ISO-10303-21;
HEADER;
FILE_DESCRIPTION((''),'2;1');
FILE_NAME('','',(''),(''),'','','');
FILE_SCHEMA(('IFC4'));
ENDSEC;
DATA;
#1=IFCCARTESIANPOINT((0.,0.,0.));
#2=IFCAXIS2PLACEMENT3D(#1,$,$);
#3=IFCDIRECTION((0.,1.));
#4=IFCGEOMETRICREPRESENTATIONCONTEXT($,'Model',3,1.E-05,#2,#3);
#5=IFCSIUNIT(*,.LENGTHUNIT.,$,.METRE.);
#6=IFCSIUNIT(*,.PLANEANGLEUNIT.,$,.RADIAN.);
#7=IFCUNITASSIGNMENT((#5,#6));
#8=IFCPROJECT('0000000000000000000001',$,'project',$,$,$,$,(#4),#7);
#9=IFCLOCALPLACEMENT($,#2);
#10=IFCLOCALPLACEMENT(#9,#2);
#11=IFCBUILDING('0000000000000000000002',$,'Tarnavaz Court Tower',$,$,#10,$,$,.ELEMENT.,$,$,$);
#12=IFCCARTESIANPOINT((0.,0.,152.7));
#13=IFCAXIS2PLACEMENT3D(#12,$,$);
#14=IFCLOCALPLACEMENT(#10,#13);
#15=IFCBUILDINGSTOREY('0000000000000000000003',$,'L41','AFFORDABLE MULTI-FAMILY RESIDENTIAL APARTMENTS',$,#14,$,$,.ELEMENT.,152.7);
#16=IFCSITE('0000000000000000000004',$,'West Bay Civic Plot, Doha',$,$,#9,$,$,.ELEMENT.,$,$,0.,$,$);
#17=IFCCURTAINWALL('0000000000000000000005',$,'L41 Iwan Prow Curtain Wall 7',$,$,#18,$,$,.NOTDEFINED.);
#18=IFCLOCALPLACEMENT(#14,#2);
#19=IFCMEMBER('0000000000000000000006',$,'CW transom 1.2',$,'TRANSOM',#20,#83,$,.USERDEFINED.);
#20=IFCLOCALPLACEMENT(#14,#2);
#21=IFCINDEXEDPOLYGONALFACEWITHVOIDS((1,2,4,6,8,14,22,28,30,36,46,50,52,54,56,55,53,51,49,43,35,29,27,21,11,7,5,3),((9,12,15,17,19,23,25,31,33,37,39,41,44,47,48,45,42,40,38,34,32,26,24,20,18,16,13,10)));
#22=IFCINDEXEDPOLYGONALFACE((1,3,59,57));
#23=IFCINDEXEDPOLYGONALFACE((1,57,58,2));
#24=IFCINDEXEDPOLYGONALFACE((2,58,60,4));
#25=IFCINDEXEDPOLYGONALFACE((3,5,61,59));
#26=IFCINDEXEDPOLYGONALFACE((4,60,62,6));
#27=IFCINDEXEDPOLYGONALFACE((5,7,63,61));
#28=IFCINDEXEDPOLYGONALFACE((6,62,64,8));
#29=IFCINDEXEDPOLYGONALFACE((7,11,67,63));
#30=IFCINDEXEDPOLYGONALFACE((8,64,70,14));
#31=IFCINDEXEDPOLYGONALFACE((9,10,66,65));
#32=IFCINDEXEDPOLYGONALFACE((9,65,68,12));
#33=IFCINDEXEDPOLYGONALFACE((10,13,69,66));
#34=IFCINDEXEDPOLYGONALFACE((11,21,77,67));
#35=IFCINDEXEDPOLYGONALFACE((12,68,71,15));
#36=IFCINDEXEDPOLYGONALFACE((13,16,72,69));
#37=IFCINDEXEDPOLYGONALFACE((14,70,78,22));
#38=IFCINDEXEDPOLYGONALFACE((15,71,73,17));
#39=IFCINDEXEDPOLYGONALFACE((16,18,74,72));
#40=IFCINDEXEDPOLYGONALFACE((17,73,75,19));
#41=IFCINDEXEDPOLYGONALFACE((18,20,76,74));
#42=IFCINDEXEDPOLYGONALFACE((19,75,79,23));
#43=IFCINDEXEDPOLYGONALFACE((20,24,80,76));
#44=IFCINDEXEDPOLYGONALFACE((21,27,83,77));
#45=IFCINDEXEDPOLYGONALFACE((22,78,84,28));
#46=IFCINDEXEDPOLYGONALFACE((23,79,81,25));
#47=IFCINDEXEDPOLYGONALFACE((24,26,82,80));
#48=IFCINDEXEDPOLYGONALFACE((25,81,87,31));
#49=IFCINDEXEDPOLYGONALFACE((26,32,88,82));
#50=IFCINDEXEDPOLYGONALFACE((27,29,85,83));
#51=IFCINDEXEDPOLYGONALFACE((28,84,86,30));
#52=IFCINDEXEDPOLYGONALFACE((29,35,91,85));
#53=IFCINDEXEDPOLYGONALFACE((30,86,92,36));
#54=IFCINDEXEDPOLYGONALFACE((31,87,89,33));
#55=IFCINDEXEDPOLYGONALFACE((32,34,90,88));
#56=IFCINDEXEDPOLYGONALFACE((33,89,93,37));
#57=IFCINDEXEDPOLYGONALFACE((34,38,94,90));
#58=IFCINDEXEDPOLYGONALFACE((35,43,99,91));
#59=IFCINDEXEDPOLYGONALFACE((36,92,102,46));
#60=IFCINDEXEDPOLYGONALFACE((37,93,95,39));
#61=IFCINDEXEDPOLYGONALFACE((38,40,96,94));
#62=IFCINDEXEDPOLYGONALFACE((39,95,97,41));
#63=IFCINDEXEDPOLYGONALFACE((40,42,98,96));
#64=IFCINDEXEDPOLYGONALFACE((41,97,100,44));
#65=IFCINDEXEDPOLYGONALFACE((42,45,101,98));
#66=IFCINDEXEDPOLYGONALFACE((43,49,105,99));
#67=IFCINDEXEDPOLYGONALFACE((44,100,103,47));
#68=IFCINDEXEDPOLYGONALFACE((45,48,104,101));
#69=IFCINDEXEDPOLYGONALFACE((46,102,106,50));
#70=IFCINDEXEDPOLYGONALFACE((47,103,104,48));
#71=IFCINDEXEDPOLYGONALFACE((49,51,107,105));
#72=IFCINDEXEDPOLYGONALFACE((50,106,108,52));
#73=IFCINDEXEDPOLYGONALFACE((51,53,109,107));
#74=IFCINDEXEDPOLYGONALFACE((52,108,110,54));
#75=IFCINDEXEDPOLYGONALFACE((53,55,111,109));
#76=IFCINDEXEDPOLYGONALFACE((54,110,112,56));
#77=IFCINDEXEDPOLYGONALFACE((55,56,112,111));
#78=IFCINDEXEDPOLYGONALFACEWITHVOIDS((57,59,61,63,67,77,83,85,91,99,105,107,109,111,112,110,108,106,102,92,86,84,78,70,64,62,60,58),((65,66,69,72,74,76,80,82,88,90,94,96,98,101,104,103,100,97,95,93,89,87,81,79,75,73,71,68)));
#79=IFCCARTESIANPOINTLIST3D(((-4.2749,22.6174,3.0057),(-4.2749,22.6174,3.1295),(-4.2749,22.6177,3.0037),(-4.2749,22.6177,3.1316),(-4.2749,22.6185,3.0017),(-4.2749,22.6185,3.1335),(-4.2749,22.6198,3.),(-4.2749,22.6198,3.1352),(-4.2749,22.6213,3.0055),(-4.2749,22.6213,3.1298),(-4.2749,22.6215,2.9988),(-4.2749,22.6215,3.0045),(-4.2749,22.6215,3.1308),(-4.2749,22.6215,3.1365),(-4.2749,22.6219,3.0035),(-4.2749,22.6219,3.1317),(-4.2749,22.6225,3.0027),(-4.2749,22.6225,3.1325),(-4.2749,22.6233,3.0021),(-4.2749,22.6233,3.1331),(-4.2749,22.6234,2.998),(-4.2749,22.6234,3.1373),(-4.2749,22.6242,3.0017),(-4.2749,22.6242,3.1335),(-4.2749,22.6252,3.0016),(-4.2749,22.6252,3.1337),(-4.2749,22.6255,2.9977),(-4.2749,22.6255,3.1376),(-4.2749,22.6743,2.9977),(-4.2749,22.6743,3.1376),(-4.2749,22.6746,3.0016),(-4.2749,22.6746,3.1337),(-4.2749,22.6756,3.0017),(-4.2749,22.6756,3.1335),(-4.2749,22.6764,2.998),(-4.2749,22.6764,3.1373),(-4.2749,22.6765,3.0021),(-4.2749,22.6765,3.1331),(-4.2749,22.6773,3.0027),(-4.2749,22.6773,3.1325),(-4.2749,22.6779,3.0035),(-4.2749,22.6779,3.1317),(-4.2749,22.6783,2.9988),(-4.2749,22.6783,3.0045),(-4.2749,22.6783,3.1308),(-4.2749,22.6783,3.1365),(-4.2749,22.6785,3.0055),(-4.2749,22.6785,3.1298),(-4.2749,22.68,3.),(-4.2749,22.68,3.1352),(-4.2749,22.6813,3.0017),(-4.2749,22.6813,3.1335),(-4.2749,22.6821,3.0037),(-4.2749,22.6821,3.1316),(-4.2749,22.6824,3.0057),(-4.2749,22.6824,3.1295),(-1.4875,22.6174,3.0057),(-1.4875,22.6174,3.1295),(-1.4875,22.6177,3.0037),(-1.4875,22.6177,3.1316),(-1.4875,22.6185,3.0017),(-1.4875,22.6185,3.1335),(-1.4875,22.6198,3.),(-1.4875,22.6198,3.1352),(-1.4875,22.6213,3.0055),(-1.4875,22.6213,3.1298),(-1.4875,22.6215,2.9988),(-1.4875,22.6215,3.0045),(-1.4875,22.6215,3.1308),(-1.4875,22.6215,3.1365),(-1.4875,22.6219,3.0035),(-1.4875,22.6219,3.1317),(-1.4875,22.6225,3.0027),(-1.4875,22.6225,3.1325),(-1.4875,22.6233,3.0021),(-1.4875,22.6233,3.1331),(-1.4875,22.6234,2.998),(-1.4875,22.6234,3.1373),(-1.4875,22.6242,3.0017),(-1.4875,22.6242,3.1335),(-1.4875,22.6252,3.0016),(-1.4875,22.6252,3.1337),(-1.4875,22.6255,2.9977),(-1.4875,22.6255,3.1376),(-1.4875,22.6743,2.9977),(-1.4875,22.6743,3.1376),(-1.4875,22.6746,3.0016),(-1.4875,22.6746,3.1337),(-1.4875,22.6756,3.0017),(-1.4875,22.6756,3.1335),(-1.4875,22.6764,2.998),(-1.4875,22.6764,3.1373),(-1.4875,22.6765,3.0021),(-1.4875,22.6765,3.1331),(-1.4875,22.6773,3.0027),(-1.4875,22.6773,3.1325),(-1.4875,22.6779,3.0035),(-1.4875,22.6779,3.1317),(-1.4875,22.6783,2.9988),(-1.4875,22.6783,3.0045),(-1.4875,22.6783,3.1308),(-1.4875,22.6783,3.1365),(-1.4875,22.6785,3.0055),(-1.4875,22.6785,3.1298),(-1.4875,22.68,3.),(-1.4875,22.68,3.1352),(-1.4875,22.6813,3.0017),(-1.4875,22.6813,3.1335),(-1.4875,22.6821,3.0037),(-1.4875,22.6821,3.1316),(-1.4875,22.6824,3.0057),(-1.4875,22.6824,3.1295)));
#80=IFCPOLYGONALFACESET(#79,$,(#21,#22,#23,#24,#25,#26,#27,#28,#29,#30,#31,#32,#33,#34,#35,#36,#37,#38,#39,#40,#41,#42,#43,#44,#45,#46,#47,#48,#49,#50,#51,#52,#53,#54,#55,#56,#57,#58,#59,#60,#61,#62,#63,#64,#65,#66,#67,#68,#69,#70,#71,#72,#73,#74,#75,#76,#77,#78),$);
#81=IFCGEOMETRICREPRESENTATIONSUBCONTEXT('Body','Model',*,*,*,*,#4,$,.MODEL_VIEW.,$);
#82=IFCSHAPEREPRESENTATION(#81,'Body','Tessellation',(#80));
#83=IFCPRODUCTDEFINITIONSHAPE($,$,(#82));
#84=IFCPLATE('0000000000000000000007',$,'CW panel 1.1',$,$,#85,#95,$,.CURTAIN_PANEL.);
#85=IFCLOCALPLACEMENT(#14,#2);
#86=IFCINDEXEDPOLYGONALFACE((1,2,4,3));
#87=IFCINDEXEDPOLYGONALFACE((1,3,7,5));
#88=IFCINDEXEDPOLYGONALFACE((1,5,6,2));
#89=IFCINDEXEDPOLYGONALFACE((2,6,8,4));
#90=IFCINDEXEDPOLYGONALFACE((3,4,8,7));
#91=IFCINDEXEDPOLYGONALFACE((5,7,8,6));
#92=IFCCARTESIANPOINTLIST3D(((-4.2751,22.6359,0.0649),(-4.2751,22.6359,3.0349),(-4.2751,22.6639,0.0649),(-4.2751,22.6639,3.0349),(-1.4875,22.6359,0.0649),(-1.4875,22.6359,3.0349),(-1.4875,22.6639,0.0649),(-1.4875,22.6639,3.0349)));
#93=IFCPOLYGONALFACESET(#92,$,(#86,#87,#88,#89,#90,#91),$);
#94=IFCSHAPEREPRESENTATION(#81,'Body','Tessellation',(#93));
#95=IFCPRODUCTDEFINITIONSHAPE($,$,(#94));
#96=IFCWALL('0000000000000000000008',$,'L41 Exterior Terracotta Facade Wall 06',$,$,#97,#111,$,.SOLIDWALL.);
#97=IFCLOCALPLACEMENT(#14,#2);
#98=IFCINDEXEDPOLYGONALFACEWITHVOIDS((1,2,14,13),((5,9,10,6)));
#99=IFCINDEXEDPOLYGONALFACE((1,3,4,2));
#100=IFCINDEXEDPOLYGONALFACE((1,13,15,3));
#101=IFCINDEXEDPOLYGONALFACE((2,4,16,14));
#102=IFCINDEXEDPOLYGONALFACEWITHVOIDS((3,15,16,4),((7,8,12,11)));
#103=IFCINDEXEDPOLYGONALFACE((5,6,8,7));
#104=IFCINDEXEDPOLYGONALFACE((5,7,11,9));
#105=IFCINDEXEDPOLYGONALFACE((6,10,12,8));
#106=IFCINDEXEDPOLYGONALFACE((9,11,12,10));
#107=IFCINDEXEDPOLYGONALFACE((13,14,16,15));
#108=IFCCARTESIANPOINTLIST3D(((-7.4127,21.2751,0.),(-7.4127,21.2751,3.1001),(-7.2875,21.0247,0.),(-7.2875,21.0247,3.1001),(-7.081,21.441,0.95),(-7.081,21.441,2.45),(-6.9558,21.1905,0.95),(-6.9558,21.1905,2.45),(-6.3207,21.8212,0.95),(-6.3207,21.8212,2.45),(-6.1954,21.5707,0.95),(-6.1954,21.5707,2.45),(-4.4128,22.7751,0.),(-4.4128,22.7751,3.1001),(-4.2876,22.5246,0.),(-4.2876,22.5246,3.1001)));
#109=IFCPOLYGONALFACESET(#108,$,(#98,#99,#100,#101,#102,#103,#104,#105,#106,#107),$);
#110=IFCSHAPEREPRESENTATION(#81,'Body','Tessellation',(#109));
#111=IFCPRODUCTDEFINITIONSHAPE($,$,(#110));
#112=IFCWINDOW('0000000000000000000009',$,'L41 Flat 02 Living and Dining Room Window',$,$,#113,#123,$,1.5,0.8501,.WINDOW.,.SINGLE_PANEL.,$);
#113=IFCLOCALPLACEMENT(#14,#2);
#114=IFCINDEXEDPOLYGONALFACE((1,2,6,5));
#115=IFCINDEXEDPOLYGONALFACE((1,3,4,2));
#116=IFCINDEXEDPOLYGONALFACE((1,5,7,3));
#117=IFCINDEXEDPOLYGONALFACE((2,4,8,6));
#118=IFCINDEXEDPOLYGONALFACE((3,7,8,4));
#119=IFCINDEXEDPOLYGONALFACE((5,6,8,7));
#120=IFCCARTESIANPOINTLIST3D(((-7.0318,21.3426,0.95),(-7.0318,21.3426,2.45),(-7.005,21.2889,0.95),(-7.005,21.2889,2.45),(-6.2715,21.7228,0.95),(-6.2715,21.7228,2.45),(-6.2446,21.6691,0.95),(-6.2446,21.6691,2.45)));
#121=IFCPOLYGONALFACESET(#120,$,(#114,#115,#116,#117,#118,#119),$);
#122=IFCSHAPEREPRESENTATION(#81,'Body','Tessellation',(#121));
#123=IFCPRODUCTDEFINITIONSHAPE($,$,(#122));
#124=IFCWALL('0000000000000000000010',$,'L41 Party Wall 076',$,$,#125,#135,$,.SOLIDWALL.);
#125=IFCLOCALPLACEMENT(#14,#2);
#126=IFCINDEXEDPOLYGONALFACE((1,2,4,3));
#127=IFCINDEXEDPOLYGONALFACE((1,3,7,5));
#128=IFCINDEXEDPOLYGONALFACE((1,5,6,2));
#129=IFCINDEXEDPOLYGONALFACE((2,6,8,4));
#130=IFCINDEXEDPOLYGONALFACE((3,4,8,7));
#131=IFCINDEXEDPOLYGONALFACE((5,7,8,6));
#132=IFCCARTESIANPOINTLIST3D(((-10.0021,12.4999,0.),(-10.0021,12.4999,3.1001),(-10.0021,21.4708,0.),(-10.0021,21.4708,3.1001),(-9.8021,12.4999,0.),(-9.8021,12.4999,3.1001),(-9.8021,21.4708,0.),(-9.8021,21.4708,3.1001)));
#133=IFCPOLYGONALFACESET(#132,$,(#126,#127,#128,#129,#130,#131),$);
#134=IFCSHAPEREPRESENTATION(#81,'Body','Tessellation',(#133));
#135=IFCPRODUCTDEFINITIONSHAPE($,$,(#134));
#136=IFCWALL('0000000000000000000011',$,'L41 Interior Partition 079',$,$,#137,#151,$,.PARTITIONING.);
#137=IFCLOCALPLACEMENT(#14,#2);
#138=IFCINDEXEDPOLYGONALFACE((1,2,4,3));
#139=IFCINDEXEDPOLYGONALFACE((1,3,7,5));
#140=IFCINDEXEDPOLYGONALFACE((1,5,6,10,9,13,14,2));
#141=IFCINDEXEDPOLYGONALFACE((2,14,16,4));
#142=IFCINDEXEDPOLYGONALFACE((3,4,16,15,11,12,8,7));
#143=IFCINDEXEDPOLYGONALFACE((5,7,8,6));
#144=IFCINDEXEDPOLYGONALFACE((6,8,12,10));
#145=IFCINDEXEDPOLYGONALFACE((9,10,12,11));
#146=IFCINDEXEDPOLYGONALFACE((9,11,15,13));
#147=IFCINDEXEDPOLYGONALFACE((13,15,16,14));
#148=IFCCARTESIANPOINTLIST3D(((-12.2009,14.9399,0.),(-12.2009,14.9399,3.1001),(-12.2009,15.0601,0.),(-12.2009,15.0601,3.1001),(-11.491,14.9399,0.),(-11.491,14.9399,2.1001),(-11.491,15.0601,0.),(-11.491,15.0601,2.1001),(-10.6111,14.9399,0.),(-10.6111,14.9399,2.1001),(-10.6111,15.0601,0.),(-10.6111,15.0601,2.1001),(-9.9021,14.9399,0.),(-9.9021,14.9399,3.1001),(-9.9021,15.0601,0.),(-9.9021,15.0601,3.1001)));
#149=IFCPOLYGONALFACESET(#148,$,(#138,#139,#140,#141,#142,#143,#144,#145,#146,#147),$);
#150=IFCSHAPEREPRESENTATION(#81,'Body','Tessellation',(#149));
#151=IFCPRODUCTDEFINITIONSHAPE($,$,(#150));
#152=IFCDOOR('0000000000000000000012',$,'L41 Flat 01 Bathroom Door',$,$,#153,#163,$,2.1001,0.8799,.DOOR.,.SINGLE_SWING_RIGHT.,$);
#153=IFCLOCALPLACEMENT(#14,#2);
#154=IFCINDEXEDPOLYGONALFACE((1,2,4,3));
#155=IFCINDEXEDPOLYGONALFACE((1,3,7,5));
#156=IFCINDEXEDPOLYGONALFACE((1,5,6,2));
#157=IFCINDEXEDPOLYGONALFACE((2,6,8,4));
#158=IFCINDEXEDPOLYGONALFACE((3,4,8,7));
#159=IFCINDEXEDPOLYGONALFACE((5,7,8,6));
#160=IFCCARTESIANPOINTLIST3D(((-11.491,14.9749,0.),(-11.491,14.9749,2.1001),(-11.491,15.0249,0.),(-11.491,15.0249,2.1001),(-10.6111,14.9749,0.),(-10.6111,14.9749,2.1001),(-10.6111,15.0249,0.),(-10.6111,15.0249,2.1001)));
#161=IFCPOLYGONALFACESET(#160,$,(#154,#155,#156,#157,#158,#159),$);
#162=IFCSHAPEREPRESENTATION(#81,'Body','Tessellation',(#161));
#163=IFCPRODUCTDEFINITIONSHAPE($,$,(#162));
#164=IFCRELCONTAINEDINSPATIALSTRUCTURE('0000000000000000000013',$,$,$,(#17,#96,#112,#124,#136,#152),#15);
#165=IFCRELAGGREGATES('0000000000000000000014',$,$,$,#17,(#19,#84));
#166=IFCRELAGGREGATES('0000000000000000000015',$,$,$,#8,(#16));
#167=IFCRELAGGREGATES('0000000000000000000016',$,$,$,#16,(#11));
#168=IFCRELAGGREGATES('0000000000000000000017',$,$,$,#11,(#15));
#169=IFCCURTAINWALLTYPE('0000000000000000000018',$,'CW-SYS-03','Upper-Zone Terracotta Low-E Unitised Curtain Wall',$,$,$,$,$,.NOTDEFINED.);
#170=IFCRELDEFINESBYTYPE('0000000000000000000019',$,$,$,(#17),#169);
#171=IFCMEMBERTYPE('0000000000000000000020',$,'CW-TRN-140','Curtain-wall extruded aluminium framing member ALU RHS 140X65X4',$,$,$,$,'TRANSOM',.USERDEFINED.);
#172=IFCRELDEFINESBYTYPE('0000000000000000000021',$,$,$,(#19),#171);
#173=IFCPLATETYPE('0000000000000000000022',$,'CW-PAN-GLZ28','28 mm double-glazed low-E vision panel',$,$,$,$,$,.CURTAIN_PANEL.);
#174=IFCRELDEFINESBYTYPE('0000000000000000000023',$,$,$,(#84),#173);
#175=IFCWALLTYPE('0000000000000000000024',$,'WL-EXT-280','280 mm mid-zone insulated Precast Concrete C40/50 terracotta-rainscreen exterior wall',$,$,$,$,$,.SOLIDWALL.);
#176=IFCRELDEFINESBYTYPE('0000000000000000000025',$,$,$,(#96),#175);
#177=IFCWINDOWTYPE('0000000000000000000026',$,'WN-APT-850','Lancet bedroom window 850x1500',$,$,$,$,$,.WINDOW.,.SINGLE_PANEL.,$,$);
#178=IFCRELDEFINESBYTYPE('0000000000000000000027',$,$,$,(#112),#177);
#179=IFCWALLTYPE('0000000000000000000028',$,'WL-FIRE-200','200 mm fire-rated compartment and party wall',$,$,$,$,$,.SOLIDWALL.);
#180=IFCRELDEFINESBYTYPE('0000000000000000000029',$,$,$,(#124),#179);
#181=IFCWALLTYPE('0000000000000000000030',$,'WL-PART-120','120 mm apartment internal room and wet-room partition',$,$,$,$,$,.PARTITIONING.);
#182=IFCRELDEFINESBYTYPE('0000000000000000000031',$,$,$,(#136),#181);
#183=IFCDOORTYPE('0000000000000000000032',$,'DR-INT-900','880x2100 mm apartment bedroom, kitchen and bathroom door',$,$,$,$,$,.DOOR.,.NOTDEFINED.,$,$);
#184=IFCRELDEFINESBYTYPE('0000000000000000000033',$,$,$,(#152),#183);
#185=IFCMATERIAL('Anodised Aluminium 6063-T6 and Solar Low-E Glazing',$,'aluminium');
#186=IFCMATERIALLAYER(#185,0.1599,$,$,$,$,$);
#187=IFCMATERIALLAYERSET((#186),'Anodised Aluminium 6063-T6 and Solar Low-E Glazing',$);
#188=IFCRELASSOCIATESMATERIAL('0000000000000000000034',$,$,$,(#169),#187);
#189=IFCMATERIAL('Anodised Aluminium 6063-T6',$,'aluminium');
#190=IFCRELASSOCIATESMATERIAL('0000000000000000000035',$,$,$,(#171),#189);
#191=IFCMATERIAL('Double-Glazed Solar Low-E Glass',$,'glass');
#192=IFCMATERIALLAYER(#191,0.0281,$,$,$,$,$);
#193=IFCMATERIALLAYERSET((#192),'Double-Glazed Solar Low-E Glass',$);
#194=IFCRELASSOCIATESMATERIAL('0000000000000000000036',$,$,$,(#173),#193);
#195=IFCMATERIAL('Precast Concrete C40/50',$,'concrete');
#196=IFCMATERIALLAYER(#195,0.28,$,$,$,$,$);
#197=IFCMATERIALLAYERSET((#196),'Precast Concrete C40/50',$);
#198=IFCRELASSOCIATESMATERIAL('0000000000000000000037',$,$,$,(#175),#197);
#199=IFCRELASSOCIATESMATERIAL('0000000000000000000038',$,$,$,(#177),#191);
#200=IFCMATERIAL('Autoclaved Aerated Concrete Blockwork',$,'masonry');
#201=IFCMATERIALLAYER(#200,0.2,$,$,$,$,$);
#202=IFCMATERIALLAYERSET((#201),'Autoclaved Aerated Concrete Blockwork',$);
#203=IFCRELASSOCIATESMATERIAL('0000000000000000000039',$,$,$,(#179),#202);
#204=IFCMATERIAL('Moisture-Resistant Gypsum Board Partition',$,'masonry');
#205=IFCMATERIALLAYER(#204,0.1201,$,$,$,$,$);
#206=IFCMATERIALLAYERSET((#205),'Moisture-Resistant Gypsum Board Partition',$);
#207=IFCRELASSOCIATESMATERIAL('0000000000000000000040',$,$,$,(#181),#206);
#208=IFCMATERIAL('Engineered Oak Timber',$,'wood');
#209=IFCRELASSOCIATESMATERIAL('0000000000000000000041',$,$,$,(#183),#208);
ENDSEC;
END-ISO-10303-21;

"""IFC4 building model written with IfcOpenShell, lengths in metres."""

from ifc_helpers import new_model, si_unit, direction, frame, frame_2d, origin, origin_2d, place, context, subcontext, project, spatial, rectangle, hollow_rectangle, extrude, material, layer, layer_set, material_profile, profile_set, type_object, element, fill, aggregate, save


model = new_model("IFC4")

# Units and contexts
model_context = context("Model", 3, precision=1e-05, world=origin(), true_north=direction((0.0, 1.0)))
body_context = subcontext(model_context, "Body", "Model", "MODEL_VIEW")
ifc_project = project(units=[si_unit("LENGTHUNIT", "METRE"), si_unit("PLANEANGLEUNIT", "RADIAN")], contexts=[model_context])

# Site, building, storey
site_placement = place(None, origin())
site = spatial("IfcSite", under=ifc_project, at=site_placement, Name="West Bay Civic Plot, Doha", CompositionType="ELEMENT", RefElevation=0.0)
building_placement = place(site_placement, origin())
building = spatial("IfcBuilding", under=site, at=building_placement, Name="Tarnavaz Court Tower", CompositionType="ELEMENT")
storey_placement = place(building_placement, frame((0.0, 0.0, 152.7)))
storey = spatial("IfcBuildingStorey", under=building, at=storey_placement, Name="L41", Description="AFFORDABLE MULTI-FAMILY RESIDENTIAL APARTMENTS", CompositionType="ELEMENT", Elevation=152.7)

# Curtain wall, member, plate
ifc_material_1 = material(Name="Anodised Aluminium 6063-T6 and Solar Low-E Glazing", Category="aluminium")
ifc_layer_1 = layer(ifc_material_1, 0.1599)
ifc_layer_set_1 = layer_set([ifc_layer_1], Name="Anodised Aluminium 6063-T6 and Solar Low-E Glazing")
curtain_wall_type = type_object("IfcCurtainWallType", Name="CW-SYS-03", Description="Upper-Zone Terracotta Low-E Unitised Curtain Wall", PredefinedType="NOTDEFINED", material=ifc_layer_set_1)
curtain_wall_placement = place(storey_placement, origin())
curtain_wall = element("IfcCurtainWall", 1, at=curtain_wall_placement, inside=storey, type_object=curtain_wall_type, Name="L41 Iwan Prow Curtain Wall 7", PredefinedType="NOTDEFINED")
ifc_material_2 = material(Name="Anodised Aluminium 6063-T6", Category="aluminium")
ifc_material_profile_1 = material_profile(ifc_material_2, hollow_rectangle(XDim=0.0649, YDim=0.1399, WallThickness=0.0039, InnerFilletRadius=0.0039, OuterFilletRadius=0.0081, at=origin_2d()), Name="ALU RHS 140X65X4")
ifc_profile_set_1 = profile_set([ifc_material_profile_1], Name="Anodised Aluminium 6063-T6")
member_type_1 = type_object("IfcMemberType", Name="CW-TRN-140", Description="Curtain-wall extruded aluminium framing member ALU RHS 140X65X4", ElementType="TRANSOM", PredefinedType="USERDEFINED", material=ifc_profile_set_1)
member_1_placement = place(storey_placement, frame((-4.2749, 22.6499, 3.0676), z_axis=(1.0, 0.0, 0.0), x_axis=(0.0, 1.0, 0.0)))
member_1 = element("IfcMember", 2, at=member_1_placement, type_object=member_type_1, Name="CW transom 1.2", ObjectType="TRANSOM", PredefinedType="USERDEFINED", context=body_context, shape_type="SweptSolid", body=[
    extrude(hollow_rectangle(XDim=0.0649, YDim=0.1399, WallThickness=0.0039, InnerFilletRadius=0.0039, OuterFilletRadius=0.0081, at=origin_2d()), origin(), (0.0, 0.0, 1.0), 2.7874),
])
ifc_material_3 = material(Name="Double-Glazed Solar Low-E Glass", Category="glass")
ifc_layer_2 = layer(ifc_material_3, 0.0281)
ifc_layer_set_2 = layer_set([ifc_layer_2], Name="Double-Glazed Solar Low-E Glass")
plate_type = type_object("IfcPlateType", Name="CW-PAN-GLZ28", Description="28 mm double-glazed low-E vision panel", PredefinedType="CURTAIN_PANEL", material=ifc_layer_set_2)
plate_placement = place(storey_placement, frame((-2.8813, 22.6499, 0.0649), z_axis=(0.0, 0.0, 1.0), x_axis=(1.0, 0.0, 0.0)))
plate = element("IfcPlate", 3, at=plate_placement, type_object=plate_type, Name="CW panel 1.1", PredefinedType="CURTAIN_PANEL", context=body_context, shape_type="SweptSolid", body=[
    extrude(rectangle(XDim=2.7876, YDim=0.0281, at=origin_2d()), origin(), (0.0, 0.0, 1.0), 2.97),
])
aggregate(curtain_wall, [member_1, plate])

# Wall, opening, window
ifc_material_4 = material(Name="Precast Concrete C40/50", Category="concrete")
ifc_layer_3 = layer(ifc_material_4, 0.28)
ifc_layer_set_3 = layer_set([ifc_layer_3], Name="Precast Concrete C40/50")
wall_type_1 = type_object("IfcWallType", Name="WL-EXT-280", Description="280 mm mid-zone insulated Precast Concrete C40/50 terracotta-rainscreen exterior wall", PredefinedType="SOLIDWALL", material=ifc_layer_set_3)
wall_1_placement = place(storey_placement, frame((-7.3501, 21.1499, 0.0), z_axis=(0.0, 0.0, 1.0), x_axis=(0.894427, 0.447214, 0.0)))
wall_1 = element("IfcWall", 4, at=wall_1_placement, inside=storey, type_object=wall_type_1, Name="L41 Exterior Terracotta Facade Wall 06", PredefinedType="SOLIDWALL", context=body_context, shape_type="SweptSolid", body=[
    extrude(rectangle(XDim=3.354, YDim=0.28, at=frame_2d((1.677, 0.0))), origin(), (0.0, 0.0, 1.0), 3.1001),
])
opening_1_placement = place(wall_1_placement, frame((0.3708, 0.0, 0.95)))
opening_1 = element("IfcOpeningElement", 5, at=opening_1_placement, cuts=wall_1, PredefinedType="OPENING", context=body_context, shape_type="SweptSolid", body=[
    extrude(rectangle(XDim=0.8501, YDim=1.5, at=frame_2d((0.425, 0.75))), frame((0.0, 0.1499, 0.0), z_axis=(0.0, -1.0, 0.0), x_axis=(1.0, 0.0, 0.0)), (0.0, 0.0, 1.0), 0.3),
])
window_type = type_object("IfcWindowType", Name="WN-APT-850", Description="Lancet bedroom window 850x1500", PartitioningType="SINGLE_PANEL", PredefinedType="WINDOW", material=ifc_material_3)
window_placement = place(opening_1_placement, origin())
window = element("IfcWindow", 6, at=window_placement, inside=storey, type_object=window_type, Name="L41 Flat 02 Living and Dining Room Window", OverallHeight=1.5, OverallWidth=0.8501, PartitioningType="SINGLE_PANEL", PredefinedType="WINDOW", context=body_context, shape_type="SweptSolid", body=[
    extrude(rectangle(XDim=0.8501, YDim=1.5, at=frame_2d((0.425, 0.75))), frame((0.0, 0.03, 0.0), z_axis=(0.0, -1.0, 0.0), x_axis=(1.0, 0.0, 0.0)), (0.0, 0.0, 1.0), 0.0601),
])
fill(opening_1, window)

# Wall
ifc_material_5 = material(Name="Autoclaved Aerated Concrete Blockwork", Category="masonry")
ifc_layer_4 = layer(ifc_material_5, 0.2)
ifc_layer_set_4 = layer_set([ifc_layer_4], Name="Autoclaved Aerated Concrete Blockwork")
wall_type_2 = type_object("IfcWallType", Name="WL-FIRE-200", Description="200 mm fire-rated compartment and party wall", PredefinedType="SOLIDWALL", material=ifc_layer_set_4)
wall_2_placement = place(storey_placement, frame((-9.9021, 12.5, 0.0), z_axis=(0.0, 0.0, 1.0), x_axis=(0.0, 1.0, 0.0)))
element("IfcWall", 7, at=wall_2_placement, inside=storey, type_object=wall_type_2, Name="L41 Party Wall 076", PredefinedType="SOLIDWALL", context=body_context, shape_type="SweptSolid", body=[
    extrude(rectangle(XDim=8.9709, YDim=0.2, at=frame_2d((4.4854, 0.0))), origin(), (0.0, 0.0, 1.0), 3.1001),
])

# Wall, opening, door
ifc_material_6 = material(Name="Moisture-Resistant Gypsum Board Partition", Category="masonry")
ifc_layer_5 = layer(ifc_material_6, 0.1201)
ifc_layer_set_5 = layer_set([ifc_layer_5], Name="Moisture-Resistant Gypsum Board Partition")
wall_type_3 = type_object("IfcWallType", Name="WL-PART-120", Description="120 mm apartment internal room and wet-room partition", PredefinedType="PARTITIONING", material=ifc_layer_set_5)
wall_3_placement = place(storey_placement, frame((-12.2009, 15.0, 0.0), z_axis=(0.0, 0.0, 1.0), x_axis=(1.0, 0.0, 0.0)))
wall_3 = element("IfcWall", 8, at=wall_3_placement, inside=storey, type_object=wall_type_3, Name="L41 Interior Partition 079", PredefinedType="PARTITIONING", context=body_context, shape_type="SweptSolid", body=[
    extrude(rectangle(XDim=2.2988, YDim=0.1201, at=frame_2d((1.1494, 0.0))), origin(), (0.0, 0.0, 1.0), 3.1001),
])
opening_2_placement = place(wall_3_placement, frame((0.71, 0.0, 0.0)))
opening_2 = element("IfcOpeningElement", 9, at=opening_2_placement, cuts=wall_3, PredefinedType="OPENING", context=body_context, shape_type="SweptSolid", body=[
    extrude(rectangle(XDim=0.8799, YDim=2.1001, at=frame_2d((0.4399, 1.05))), frame((0.0, 0.0701, 0.0), z_axis=(0.0, -1.0, 0.0), x_axis=(1.0, 0.0, 0.0)), (0.0, 0.0, 1.0), 0.1401),
])
ifc_material_7 = material(Name="Engineered Oak Timber", Category="wood")
door_type = type_object("IfcDoorType", Name="DR-INT-900", Description="880x2100 mm apartment bedroom, kitchen and bathroom door", OperationType="NOTDEFINED", PredefinedType="DOOR", material=ifc_material_7)
door_1_placement = place(opening_2_placement, origin())
door_1 = element("IfcDoor", 10, at=door_1_placement, inside=storey, type_object=door_type, Name="L41 Flat 01 Bathroom Door", OperationType="SINGLE_SWING_RIGHT", OverallHeight=2.1001, OverallWidth=0.8799, PredefinedType="DOOR", context=body_context, shape_type="SweptSolid", body=[
    extrude(rectangle(XDim=0.8799, YDim=2.1001, at=frame_2d((0.4399, 1.05))), frame((0.0, 0.0249, 0.0), z_axis=(0.0, -1.0, 0.0), x_axis=(1.0, 0.0, 0.0)), (0.0, 0.0, 1.0), 0.05),
])
fill(opening_2, door_1)

save(model, "model.ifc")
